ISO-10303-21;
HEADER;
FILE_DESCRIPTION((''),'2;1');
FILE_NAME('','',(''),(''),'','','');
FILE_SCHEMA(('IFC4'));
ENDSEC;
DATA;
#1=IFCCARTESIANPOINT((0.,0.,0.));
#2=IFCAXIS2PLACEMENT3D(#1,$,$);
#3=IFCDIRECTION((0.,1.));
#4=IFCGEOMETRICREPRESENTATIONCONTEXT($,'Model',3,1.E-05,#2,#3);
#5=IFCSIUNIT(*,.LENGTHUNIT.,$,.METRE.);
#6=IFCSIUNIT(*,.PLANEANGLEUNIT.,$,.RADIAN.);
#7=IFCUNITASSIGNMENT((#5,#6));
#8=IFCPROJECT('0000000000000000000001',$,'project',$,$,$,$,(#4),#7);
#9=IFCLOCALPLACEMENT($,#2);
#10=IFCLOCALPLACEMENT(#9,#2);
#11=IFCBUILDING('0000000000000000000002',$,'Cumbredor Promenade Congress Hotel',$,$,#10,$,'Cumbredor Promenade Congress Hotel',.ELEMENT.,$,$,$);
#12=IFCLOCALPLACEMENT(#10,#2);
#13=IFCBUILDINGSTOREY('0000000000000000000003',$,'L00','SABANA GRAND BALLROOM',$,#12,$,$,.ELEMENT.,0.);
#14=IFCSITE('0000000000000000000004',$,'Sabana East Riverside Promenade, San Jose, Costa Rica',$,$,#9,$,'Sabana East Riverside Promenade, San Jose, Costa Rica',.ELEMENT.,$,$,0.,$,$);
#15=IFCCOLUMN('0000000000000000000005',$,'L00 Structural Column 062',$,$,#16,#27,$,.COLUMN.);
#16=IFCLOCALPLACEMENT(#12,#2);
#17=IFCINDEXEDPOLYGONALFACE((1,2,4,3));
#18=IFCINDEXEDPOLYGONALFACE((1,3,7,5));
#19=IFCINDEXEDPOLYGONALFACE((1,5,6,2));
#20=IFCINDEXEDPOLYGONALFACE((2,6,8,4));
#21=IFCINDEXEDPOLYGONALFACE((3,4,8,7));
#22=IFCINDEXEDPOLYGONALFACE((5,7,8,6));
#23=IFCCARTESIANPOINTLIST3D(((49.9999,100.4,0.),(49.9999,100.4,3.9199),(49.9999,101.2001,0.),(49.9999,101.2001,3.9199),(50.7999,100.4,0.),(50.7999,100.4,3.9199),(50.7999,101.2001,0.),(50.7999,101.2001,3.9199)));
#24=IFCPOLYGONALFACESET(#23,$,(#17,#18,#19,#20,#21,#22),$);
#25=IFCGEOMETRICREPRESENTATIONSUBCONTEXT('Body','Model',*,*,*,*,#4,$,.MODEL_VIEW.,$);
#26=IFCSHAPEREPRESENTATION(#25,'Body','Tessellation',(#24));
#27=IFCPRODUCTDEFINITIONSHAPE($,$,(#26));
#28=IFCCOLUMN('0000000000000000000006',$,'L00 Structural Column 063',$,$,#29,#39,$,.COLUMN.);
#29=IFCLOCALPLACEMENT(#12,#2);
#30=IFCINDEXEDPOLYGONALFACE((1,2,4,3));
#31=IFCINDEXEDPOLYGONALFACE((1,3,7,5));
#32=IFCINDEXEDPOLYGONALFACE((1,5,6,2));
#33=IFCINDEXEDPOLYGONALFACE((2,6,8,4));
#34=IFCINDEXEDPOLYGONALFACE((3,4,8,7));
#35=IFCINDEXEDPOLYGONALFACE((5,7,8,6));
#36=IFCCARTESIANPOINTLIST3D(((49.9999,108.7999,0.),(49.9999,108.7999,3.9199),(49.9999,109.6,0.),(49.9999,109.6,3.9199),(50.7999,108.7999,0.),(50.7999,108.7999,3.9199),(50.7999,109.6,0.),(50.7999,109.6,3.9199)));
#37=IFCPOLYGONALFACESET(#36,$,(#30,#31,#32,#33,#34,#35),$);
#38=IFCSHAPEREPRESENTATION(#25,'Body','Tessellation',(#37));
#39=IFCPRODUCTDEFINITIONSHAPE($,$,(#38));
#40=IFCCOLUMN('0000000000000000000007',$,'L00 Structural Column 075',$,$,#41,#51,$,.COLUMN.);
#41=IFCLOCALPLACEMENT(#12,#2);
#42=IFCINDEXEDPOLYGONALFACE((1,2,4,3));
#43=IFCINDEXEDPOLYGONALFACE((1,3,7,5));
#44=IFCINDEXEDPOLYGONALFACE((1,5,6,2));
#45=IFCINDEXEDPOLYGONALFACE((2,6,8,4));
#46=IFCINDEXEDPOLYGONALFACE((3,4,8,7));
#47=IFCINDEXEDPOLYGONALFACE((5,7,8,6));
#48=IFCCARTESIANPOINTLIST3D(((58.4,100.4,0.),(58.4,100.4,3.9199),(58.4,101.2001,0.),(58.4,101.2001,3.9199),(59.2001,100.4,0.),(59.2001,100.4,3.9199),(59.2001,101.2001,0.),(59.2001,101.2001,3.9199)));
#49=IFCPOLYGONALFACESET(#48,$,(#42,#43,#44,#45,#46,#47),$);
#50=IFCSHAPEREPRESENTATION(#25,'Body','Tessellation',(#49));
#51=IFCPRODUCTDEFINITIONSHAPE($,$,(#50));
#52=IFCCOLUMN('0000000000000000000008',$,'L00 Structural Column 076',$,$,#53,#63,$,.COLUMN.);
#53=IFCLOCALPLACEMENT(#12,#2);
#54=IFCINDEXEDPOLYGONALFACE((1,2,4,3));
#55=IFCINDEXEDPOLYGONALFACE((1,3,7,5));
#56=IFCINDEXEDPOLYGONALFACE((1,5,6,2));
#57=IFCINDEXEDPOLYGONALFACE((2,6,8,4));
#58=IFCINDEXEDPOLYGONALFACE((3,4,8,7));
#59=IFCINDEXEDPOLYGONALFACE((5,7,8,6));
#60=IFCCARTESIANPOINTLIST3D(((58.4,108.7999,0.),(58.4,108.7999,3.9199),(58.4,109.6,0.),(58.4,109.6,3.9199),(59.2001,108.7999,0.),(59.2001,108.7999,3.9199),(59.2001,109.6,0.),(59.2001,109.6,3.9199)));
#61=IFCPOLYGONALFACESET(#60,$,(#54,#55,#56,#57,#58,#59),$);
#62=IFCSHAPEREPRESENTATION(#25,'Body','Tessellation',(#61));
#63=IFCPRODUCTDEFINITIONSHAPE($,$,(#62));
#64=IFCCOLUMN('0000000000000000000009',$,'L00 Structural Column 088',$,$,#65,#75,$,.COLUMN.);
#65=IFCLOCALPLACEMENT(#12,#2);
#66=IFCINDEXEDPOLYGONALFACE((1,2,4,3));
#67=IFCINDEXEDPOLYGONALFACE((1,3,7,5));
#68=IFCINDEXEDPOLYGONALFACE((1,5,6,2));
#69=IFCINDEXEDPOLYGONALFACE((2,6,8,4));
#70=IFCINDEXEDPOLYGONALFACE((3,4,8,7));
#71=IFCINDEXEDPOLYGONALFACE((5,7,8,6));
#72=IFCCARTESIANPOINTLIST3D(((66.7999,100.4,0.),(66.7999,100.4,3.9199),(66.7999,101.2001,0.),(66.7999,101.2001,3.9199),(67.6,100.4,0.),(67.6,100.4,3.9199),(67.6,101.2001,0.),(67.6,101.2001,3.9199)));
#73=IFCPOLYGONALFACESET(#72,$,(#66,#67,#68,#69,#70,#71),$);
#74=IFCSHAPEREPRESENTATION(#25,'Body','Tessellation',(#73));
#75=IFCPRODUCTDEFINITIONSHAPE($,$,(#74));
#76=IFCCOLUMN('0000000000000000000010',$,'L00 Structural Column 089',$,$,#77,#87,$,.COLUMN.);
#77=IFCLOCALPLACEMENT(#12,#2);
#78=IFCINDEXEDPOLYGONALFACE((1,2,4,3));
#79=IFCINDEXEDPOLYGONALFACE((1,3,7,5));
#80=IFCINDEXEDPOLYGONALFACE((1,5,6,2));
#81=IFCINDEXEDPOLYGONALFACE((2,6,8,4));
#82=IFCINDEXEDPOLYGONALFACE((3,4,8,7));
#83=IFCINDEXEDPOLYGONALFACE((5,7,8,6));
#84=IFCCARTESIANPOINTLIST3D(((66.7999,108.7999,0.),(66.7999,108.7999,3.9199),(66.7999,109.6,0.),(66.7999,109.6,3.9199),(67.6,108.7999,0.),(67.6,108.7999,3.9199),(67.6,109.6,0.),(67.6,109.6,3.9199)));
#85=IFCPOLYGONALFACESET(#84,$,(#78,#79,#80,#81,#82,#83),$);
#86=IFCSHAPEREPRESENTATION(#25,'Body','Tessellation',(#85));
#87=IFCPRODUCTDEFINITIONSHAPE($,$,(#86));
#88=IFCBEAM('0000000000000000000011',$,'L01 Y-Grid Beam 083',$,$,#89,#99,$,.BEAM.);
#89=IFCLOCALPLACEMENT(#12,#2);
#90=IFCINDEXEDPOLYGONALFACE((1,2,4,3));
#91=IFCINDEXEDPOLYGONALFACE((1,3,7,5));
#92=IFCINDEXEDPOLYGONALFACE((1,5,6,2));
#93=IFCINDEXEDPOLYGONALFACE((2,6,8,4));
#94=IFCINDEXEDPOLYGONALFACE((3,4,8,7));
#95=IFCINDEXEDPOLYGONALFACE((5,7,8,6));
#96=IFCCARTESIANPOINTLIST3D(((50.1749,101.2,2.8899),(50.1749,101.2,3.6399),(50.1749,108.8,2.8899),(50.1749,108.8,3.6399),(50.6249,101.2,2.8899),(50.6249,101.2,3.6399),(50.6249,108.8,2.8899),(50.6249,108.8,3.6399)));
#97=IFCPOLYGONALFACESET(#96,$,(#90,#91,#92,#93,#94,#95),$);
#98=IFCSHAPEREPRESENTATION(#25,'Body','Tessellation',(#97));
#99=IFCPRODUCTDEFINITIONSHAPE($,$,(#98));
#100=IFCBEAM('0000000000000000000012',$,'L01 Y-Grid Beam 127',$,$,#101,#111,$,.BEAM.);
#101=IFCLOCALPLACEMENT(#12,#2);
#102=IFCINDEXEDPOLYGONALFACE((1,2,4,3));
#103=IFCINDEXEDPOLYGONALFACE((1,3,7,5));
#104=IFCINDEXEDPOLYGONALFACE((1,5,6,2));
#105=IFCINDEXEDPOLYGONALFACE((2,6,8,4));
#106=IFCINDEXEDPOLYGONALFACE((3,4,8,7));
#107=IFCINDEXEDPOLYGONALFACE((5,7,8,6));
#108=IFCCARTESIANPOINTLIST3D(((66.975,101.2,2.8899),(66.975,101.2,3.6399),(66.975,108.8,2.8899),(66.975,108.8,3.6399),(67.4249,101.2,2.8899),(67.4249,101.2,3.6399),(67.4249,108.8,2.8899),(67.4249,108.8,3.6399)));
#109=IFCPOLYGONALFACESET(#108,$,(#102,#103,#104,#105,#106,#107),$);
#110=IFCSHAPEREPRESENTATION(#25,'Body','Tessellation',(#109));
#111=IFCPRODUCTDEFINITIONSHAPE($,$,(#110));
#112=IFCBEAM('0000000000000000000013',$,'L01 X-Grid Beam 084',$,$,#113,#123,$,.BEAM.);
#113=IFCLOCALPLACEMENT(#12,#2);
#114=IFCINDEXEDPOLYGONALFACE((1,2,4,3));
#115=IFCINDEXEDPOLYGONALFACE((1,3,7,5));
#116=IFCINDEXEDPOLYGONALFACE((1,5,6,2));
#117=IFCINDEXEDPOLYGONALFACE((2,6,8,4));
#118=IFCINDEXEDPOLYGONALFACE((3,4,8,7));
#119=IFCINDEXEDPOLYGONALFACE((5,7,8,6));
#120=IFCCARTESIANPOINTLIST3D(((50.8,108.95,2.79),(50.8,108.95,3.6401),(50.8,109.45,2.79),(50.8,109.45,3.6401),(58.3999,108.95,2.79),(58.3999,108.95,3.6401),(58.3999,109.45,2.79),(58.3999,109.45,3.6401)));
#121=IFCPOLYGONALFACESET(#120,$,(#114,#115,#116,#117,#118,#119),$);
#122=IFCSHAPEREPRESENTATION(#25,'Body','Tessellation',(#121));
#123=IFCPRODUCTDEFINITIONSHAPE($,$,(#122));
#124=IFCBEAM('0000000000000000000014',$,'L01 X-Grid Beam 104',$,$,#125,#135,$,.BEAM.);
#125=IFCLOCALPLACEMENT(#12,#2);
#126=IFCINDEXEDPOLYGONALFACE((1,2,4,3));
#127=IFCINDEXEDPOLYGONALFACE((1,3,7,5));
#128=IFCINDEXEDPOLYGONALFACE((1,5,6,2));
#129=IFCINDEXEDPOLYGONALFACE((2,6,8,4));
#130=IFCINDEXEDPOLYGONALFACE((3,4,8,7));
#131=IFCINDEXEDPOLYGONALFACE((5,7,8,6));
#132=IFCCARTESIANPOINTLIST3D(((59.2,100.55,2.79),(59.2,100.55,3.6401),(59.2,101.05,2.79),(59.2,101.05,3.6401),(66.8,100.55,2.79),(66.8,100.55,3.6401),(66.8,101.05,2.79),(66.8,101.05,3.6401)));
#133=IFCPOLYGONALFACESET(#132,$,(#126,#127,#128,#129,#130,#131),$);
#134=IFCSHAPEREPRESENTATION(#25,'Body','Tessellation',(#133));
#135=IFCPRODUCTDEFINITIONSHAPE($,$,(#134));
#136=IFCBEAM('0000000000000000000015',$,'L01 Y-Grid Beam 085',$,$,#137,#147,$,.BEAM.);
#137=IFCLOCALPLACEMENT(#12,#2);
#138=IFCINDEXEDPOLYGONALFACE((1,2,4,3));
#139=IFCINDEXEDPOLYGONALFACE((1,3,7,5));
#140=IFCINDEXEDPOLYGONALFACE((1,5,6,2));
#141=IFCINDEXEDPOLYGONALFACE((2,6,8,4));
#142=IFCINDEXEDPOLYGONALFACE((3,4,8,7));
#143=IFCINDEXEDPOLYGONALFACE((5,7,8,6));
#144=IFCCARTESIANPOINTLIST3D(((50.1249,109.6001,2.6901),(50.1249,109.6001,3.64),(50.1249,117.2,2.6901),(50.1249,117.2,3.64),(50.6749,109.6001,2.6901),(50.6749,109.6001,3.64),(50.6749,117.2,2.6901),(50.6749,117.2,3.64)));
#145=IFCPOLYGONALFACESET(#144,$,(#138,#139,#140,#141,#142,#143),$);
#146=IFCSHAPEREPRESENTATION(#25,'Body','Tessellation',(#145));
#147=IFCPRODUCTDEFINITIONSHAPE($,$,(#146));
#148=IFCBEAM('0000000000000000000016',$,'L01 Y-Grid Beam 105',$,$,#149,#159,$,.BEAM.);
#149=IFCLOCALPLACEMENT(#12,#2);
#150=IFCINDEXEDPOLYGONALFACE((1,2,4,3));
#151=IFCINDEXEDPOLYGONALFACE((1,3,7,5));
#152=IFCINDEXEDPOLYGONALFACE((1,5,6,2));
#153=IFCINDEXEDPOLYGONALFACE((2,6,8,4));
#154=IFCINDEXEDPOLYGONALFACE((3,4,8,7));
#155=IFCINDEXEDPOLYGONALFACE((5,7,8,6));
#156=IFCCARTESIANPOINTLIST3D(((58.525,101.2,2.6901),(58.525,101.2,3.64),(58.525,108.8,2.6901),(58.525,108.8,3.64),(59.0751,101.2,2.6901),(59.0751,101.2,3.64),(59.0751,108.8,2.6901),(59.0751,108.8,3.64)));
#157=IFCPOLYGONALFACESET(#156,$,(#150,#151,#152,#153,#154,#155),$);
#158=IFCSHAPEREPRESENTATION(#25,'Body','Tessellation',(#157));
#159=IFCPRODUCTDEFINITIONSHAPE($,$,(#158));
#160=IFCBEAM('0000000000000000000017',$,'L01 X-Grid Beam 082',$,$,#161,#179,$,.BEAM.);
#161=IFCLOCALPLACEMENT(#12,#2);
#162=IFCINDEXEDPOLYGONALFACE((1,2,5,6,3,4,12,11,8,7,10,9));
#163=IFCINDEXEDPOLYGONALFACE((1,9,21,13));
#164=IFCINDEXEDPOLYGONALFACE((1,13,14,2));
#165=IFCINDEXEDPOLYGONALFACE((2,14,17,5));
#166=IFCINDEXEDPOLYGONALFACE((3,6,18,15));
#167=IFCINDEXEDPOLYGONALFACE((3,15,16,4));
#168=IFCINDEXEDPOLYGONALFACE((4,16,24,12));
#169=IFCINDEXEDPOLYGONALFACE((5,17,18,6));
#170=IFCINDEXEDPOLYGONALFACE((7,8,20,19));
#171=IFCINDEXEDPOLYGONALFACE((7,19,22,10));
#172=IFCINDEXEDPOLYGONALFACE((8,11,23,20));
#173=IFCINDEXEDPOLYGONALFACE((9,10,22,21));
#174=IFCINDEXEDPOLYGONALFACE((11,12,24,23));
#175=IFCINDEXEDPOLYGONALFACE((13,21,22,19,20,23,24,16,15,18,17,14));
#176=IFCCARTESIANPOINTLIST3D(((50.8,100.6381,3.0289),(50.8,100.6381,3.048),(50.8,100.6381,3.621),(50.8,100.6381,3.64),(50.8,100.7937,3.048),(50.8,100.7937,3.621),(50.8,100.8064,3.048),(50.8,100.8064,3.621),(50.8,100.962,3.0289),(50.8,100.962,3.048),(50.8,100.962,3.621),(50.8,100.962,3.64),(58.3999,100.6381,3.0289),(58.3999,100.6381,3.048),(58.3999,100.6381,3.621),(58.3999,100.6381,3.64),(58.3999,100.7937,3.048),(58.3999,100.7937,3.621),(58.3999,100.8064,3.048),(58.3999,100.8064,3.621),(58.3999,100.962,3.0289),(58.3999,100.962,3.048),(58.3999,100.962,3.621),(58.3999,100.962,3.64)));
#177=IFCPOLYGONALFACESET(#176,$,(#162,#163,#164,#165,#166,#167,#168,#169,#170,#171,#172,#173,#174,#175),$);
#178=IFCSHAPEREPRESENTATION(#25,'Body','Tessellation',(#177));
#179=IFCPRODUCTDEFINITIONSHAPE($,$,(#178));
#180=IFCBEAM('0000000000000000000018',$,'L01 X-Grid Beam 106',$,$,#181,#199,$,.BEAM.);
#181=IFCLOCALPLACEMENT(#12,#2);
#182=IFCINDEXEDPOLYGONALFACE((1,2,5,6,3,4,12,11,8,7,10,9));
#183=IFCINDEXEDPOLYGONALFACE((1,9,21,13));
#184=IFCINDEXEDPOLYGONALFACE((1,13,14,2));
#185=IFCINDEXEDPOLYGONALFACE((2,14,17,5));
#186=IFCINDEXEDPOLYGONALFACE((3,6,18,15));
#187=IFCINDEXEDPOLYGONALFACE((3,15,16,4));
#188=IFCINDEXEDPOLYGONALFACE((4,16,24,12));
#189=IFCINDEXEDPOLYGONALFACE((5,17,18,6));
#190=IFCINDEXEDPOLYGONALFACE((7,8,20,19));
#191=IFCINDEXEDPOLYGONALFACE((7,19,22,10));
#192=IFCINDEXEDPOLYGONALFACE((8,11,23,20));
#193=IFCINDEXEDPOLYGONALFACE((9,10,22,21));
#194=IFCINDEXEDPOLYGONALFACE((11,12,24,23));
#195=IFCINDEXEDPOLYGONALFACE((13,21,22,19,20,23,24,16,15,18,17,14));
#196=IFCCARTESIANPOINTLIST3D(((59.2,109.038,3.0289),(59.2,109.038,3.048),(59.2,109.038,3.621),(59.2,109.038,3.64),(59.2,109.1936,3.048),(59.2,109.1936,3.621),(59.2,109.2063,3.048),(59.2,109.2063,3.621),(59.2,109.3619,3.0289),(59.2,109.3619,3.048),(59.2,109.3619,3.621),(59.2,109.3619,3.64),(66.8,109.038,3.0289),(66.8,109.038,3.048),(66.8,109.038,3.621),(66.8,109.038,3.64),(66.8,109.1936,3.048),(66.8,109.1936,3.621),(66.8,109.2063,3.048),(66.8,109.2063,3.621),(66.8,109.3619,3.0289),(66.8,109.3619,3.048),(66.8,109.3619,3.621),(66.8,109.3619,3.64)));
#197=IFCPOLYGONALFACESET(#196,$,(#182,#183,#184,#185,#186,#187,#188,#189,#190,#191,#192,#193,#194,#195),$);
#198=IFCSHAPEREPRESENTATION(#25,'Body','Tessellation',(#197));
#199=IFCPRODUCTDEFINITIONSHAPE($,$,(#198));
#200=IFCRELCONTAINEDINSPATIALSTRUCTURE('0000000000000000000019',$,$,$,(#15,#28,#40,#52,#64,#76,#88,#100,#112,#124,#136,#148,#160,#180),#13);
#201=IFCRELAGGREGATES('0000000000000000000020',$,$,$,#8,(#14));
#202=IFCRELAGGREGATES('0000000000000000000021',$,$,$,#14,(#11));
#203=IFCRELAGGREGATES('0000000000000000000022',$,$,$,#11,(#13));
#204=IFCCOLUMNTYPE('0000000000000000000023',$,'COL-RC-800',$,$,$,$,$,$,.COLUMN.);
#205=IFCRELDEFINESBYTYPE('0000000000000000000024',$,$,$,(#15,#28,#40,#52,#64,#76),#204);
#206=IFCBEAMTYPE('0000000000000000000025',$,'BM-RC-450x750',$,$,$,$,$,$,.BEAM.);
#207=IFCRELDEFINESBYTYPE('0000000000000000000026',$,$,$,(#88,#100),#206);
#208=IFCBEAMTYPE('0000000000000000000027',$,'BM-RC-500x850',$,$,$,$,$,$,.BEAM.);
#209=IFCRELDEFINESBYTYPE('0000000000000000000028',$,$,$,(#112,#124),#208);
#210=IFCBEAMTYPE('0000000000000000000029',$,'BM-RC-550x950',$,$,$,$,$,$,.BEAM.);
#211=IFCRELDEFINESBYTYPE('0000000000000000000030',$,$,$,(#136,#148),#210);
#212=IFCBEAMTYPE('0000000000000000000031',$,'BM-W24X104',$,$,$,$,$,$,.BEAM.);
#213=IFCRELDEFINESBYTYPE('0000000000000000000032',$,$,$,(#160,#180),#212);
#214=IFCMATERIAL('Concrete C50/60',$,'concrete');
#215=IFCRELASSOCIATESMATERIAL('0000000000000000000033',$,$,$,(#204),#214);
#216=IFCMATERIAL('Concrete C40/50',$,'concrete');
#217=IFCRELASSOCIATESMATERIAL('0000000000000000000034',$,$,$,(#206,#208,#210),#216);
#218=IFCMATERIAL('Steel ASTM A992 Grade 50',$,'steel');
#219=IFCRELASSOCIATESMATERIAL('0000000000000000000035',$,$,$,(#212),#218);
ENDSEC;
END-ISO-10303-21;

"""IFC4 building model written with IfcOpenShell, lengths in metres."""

from ifc_helpers import new_model, si_unit, direction, frame, origin, origin_2d, place, context, subcontext, project, spatial, rectangle, i_section, extrude, material, material_profile, profile_set, type_object, element, save


model = new_model("IFC4")

# Units and contexts
model_context = context("Model", 3, precision=1e-05, world=origin(), true_north=direction((0.0, 1.0)))
body_context = subcontext(model_context, "Body", "Model", "MODEL_VIEW")
ifc_project = project(units=[si_unit("LENGTHUNIT", "METRE"), si_unit("PLANEANGLEUNIT", "RADIAN")], contexts=[model_context])

# Site, building, storey
site_placement = place(None, origin())
site = spatial("IfcSite", under=ifc_project, at=site_placement, Name="Sabana East Riverside Promenade, San Jose, Costa Rica", LongName="Sabana East Riverside Promenade, San Jose, Costa Rica", CompositionType="ELEMENT", RefElevation=0.0)
building_placement = place(site_placement, origin())
building = spatial("IfcBuilding", under=site, at=building_placement, Name="Cumbredor Promenade Congress Hotel", LongName="Cumbredor Promenade Congress Hotel", CompositionType="ELEMENT")
storey_placement = place(building_placement, origin())
storey = spatial("IfcBuildingStorey", under=building, at=storey_placement, Name="L00", Description="SABANA GRAND BALLROOM", CompositionType="ELEMENT", Elevation=0.0)

# Columns
ifc_material_1 = material(Name="Concrete C50/60", Category="concrete")
ifc_material_profile_1 = material_profile(ifc_material_1, rectangle(XDim=0.8, YDim=0.8, at=origin_2d()), Name="RC 800x800")
ifc_profile_set_1 = profile_set([ifc_material_profile_1], Name="Concrete C50/60")
column_type = type_object("IfcColumnType", Name="COL-RC-800", PredefinedType="COLUMN", material=ifc_profile_set_1)
for number, where, z_axis, x_axis, name in (
    (1, (50.3999, 100.8, 0.0), (0.0, 0.0, 1.0), (1.0, 0.0, 0.0), "L00 Structural Column 062"),
    (2, (50.3999, 109.2, 0.0), (0.0, 0.0, 1.0), (1.0, 0.0, 0.0), "L00 Structural Column 063"),
    (3, (58.8, 100.8, 0.0), (0.0, 0.0, 1.0), (1.0, 0.0, 0.0), "L00 Structural Column 075"),
    (4, (58.8, 109.2, 0.0), (0.0, 0.0, 1.0), (1.0, 0.0, 0.0), "L00 Structural Column 076"),
    (5, (67.2, 100.8, 0.0), (0.0, 0.0, 1.0), (1.0, 0.0, 0.0), "L00 Structural Column 088"),
    (6, (67.2, 109.2, 0.0), (0.0, 0.0, 1.0), (1.0, 0.0, 0.0), "L00 Structural Column 089"),
):
    element("IfcColumn", number, at=place(storey_placement, frame(where, z_axis=z_axis, x_axis=x_axis)), inside=storey, type_object=column_type, Name=name, PredefinedType="COLUMN", context=body_context, shape_type="SweptSolid", body=[
        extrude(rectangle(XDim=0.8, YDim=0.8, at=origin_2d()), origin(), (0.0, 0.0, 1.0), 3.9199),
    ])

# Beams
ifc_material_2 = material(Name="Concrete C40/50", Category="concrete")
ifc_material_profile_2 = material_profile(ifc_material_2, rectangle(XDim=0.45, YDim=0.75, at=origin_2d()), Name="RC BEAM 450x750")
ifc_profile_set_2 = profile_set([ifc_material_profile_2], Name="Concrete C40/50")
beam_type_1 = type_object("IfcBeamType", Name="BM-RC-450x750", PredefinedType="BEAM", material=ifc_profile_set_2)
for number, where, z_axis, x_axis, name in (
    (7, (50.3999, 101.2, 3.2649), (0.0, 1.0, 0.0), (-1.0, 0.0, 0.0), "L01 Y-Grid Beam 083"),
    (8, (67.2, 101.2, 3.2649), (0.0, 1.0, 0.0), (-1.0, 0.0, 0.0), "L01 Y-Grid Beam 127"),
):
    element("IfcBeam", number, at=place(storey_placement, frame(where, z_axis=z_axis, x_axis=x_axis)), inside=storey, type_object=beam_type_1, Name=name, PredefinedType="BEAM", context=body_context, shape_type="SweptSolid", body=[
        extrude(rectangle(XDim=0.45, YDim=0.75, at=origin_2d()), origin(), (0.0, 0.0, 1.0), 7.6001),
    ])
ifc_material_profile_3 = material_profile(ifc_material_2, rectangle(XDim=0.5, YDim=0.8501, at=origin_2d()), Name="RC BEAM 500x850")
ifc_profile_set_3 = profile_set([ifc_material_profile_3], Name="Concrete C40/50")
beam_type_2 = type_object("IfcBeamType", Name="BM-RC-500x850", PredefinedType="BEAM", material=ifc_profile_set_3)
beam_1_placement = place(storey_placement, frame((50.8, 109.2, 3.2151), z_axis=(1.0, 0.0, 0.0), x_axis=(0.0, 1.0, 0.0)))
element("IfcBeam", 9, at=beam_1_placement, inside=storey, type_object=beam_type_2, Name="L01 X-Grid Beam 084", PredefinedType="BEAM", context=body_context, shape_type="SweptSolid", body=[
    extrude(rectangle(XDim=0.5, YDim=0.8501, at=origin_2d()), origin(), (0.0, 0.0, 1.0), 7.5999),
])
beam_2_placement = place(storey_placement, frame((59.2, 100.8, 3.2151), z_axis=(1.0, 0.0, 0.0), x_axis=(0.0, 1.0, 0.0)))
element("IfcBeam", 10, at=beam_2_placement, inside=storey, type_object=beam_type_2, Name="L01 X-Grid Beam 104", PredefinedType="BEAM", context=body_context, shape_type="SweptSolid", body=[
    extrude(rectangle(XDim=0.5, YDim=0.8501, at=origin_2d()), origin(), (0.0, 0.0, 1.0), 7.6001),
])
ifc_material_profile_4 = material_profile(ifc_material_2, rectangle(XDim=0.55, YDim=0.95, at=origin_2d()), Name="RC BEAM 550x950")
ifc_profile_set_4 = profile_set([ifc_material_profile_4], Name="Concrete C40/50")
beam_type_3 = type_object("IfcBeamType", Name="BM-RC-550x950", PredefinedType="BEAM", material=ifc_profile_set_4)
beam_3_placement = place(storey_placement, frame((50.3999, 109.6001, 3.165), z_axis=(0.0, 1.0, 0.0), x_axis=(-1.0, 0.0, 0.0)))
element("IfcBeam", 11, at=beam_3_placement, inside=storey, type_object=beam_type_3, Name="L01 Y-Grid Beam 085", PredefinedType="BEAM", context=body_context, shape_type="SweptSolid", body=[
    extrude(rectangle(XDim=0.55, YDim=0.95, at=origin_2d()), origin(), (0.0, 0.0, 1.0), 7.5999),
])
beam_4_placement = place(storey_placement, frame((58.8, 101.2, 3.165), z_axis=(0.0, 1.0, 0.0), x_axis=(-1.0, 0.0, 0.0)))
element("IfcBeam", 12, at=beam_4_placement, inside=storey, type_object=beam_type_3, Name="L01 Y-Grid Beam 105", PredefinedType="BEAM", context=body_context, shape_type="SweptSolid", body=[
    extrude(rectangle(XDim=0.55, YDim=0.95, at=origin_2d()), origin(), (0.0, 0.0, 1.0), 7.6001),
])
ifc_material_3 = material(Name="Steel ASTM A992 Grade 50", Category="steel")
ifc_material_profile_5 = material_profile(ifc_material_3, i_section(OverallWidth=0.324, OverallDepth=0.6111, WebThickness=0.0127, FlangeThickness=0.019, at=origin_2d()), Name="W24X104")
ifc_profile_set_5 = profile_set([ifc_material_profile_5], Name="Steel ASTM A992 Grade 50")
beam_type_4 = type_object("IfcBeamType", Name="BM-W24X104", PredefinedType="BEAM", material=ifc_profile_set_5)
beam_5_placement = place(storey_placement, frame((50.8, 100.8, 3.3345), z_axis=(1.0, 0.0, 0.0), x_axis=(0.0, 1.0, 0.0)))
element("IfcBeam", 13, at=beam_5_placement, inside=storey, type_object=beam_type_4, Name="L01 X-Grid Beam 082", PredefinedType="BEAM", context=body_context, shape_type="SweptSolid", body=[
    extrude(i_section(OverallWidth=0.324, OverallDepth=0.6111, WebThickness=0.0127, FlangeThickness=0.019, at=origin_2d()), origin(), (0.0, 0.0, 1.0), 7.5999),
])
beam_6_placement = place(storey_placement, frame((59.2, 109.2, 3.3345), z_axis=(1.0, 0.0, 0.0), x_axis=(0.0, 1.0, 0.0)))
element("IfcBeam", 14, at=beam_6_placement, inside=storey, type_object=beam_type_4, Name="L01 X-Grid Beam 106", PredefinedType="BEAM", context=body_context, shape_type="SweptSolid", body=[
    extrude(i_section(OverallWidth=0.324, OverallDepth=0.6111, WebThickness=0.0127, FlangeThickness=0.019, at=origin_2d()), origin(), (0.0, 0.0, 1.0), 7.6001),
])

save(model, "model.ifc")
